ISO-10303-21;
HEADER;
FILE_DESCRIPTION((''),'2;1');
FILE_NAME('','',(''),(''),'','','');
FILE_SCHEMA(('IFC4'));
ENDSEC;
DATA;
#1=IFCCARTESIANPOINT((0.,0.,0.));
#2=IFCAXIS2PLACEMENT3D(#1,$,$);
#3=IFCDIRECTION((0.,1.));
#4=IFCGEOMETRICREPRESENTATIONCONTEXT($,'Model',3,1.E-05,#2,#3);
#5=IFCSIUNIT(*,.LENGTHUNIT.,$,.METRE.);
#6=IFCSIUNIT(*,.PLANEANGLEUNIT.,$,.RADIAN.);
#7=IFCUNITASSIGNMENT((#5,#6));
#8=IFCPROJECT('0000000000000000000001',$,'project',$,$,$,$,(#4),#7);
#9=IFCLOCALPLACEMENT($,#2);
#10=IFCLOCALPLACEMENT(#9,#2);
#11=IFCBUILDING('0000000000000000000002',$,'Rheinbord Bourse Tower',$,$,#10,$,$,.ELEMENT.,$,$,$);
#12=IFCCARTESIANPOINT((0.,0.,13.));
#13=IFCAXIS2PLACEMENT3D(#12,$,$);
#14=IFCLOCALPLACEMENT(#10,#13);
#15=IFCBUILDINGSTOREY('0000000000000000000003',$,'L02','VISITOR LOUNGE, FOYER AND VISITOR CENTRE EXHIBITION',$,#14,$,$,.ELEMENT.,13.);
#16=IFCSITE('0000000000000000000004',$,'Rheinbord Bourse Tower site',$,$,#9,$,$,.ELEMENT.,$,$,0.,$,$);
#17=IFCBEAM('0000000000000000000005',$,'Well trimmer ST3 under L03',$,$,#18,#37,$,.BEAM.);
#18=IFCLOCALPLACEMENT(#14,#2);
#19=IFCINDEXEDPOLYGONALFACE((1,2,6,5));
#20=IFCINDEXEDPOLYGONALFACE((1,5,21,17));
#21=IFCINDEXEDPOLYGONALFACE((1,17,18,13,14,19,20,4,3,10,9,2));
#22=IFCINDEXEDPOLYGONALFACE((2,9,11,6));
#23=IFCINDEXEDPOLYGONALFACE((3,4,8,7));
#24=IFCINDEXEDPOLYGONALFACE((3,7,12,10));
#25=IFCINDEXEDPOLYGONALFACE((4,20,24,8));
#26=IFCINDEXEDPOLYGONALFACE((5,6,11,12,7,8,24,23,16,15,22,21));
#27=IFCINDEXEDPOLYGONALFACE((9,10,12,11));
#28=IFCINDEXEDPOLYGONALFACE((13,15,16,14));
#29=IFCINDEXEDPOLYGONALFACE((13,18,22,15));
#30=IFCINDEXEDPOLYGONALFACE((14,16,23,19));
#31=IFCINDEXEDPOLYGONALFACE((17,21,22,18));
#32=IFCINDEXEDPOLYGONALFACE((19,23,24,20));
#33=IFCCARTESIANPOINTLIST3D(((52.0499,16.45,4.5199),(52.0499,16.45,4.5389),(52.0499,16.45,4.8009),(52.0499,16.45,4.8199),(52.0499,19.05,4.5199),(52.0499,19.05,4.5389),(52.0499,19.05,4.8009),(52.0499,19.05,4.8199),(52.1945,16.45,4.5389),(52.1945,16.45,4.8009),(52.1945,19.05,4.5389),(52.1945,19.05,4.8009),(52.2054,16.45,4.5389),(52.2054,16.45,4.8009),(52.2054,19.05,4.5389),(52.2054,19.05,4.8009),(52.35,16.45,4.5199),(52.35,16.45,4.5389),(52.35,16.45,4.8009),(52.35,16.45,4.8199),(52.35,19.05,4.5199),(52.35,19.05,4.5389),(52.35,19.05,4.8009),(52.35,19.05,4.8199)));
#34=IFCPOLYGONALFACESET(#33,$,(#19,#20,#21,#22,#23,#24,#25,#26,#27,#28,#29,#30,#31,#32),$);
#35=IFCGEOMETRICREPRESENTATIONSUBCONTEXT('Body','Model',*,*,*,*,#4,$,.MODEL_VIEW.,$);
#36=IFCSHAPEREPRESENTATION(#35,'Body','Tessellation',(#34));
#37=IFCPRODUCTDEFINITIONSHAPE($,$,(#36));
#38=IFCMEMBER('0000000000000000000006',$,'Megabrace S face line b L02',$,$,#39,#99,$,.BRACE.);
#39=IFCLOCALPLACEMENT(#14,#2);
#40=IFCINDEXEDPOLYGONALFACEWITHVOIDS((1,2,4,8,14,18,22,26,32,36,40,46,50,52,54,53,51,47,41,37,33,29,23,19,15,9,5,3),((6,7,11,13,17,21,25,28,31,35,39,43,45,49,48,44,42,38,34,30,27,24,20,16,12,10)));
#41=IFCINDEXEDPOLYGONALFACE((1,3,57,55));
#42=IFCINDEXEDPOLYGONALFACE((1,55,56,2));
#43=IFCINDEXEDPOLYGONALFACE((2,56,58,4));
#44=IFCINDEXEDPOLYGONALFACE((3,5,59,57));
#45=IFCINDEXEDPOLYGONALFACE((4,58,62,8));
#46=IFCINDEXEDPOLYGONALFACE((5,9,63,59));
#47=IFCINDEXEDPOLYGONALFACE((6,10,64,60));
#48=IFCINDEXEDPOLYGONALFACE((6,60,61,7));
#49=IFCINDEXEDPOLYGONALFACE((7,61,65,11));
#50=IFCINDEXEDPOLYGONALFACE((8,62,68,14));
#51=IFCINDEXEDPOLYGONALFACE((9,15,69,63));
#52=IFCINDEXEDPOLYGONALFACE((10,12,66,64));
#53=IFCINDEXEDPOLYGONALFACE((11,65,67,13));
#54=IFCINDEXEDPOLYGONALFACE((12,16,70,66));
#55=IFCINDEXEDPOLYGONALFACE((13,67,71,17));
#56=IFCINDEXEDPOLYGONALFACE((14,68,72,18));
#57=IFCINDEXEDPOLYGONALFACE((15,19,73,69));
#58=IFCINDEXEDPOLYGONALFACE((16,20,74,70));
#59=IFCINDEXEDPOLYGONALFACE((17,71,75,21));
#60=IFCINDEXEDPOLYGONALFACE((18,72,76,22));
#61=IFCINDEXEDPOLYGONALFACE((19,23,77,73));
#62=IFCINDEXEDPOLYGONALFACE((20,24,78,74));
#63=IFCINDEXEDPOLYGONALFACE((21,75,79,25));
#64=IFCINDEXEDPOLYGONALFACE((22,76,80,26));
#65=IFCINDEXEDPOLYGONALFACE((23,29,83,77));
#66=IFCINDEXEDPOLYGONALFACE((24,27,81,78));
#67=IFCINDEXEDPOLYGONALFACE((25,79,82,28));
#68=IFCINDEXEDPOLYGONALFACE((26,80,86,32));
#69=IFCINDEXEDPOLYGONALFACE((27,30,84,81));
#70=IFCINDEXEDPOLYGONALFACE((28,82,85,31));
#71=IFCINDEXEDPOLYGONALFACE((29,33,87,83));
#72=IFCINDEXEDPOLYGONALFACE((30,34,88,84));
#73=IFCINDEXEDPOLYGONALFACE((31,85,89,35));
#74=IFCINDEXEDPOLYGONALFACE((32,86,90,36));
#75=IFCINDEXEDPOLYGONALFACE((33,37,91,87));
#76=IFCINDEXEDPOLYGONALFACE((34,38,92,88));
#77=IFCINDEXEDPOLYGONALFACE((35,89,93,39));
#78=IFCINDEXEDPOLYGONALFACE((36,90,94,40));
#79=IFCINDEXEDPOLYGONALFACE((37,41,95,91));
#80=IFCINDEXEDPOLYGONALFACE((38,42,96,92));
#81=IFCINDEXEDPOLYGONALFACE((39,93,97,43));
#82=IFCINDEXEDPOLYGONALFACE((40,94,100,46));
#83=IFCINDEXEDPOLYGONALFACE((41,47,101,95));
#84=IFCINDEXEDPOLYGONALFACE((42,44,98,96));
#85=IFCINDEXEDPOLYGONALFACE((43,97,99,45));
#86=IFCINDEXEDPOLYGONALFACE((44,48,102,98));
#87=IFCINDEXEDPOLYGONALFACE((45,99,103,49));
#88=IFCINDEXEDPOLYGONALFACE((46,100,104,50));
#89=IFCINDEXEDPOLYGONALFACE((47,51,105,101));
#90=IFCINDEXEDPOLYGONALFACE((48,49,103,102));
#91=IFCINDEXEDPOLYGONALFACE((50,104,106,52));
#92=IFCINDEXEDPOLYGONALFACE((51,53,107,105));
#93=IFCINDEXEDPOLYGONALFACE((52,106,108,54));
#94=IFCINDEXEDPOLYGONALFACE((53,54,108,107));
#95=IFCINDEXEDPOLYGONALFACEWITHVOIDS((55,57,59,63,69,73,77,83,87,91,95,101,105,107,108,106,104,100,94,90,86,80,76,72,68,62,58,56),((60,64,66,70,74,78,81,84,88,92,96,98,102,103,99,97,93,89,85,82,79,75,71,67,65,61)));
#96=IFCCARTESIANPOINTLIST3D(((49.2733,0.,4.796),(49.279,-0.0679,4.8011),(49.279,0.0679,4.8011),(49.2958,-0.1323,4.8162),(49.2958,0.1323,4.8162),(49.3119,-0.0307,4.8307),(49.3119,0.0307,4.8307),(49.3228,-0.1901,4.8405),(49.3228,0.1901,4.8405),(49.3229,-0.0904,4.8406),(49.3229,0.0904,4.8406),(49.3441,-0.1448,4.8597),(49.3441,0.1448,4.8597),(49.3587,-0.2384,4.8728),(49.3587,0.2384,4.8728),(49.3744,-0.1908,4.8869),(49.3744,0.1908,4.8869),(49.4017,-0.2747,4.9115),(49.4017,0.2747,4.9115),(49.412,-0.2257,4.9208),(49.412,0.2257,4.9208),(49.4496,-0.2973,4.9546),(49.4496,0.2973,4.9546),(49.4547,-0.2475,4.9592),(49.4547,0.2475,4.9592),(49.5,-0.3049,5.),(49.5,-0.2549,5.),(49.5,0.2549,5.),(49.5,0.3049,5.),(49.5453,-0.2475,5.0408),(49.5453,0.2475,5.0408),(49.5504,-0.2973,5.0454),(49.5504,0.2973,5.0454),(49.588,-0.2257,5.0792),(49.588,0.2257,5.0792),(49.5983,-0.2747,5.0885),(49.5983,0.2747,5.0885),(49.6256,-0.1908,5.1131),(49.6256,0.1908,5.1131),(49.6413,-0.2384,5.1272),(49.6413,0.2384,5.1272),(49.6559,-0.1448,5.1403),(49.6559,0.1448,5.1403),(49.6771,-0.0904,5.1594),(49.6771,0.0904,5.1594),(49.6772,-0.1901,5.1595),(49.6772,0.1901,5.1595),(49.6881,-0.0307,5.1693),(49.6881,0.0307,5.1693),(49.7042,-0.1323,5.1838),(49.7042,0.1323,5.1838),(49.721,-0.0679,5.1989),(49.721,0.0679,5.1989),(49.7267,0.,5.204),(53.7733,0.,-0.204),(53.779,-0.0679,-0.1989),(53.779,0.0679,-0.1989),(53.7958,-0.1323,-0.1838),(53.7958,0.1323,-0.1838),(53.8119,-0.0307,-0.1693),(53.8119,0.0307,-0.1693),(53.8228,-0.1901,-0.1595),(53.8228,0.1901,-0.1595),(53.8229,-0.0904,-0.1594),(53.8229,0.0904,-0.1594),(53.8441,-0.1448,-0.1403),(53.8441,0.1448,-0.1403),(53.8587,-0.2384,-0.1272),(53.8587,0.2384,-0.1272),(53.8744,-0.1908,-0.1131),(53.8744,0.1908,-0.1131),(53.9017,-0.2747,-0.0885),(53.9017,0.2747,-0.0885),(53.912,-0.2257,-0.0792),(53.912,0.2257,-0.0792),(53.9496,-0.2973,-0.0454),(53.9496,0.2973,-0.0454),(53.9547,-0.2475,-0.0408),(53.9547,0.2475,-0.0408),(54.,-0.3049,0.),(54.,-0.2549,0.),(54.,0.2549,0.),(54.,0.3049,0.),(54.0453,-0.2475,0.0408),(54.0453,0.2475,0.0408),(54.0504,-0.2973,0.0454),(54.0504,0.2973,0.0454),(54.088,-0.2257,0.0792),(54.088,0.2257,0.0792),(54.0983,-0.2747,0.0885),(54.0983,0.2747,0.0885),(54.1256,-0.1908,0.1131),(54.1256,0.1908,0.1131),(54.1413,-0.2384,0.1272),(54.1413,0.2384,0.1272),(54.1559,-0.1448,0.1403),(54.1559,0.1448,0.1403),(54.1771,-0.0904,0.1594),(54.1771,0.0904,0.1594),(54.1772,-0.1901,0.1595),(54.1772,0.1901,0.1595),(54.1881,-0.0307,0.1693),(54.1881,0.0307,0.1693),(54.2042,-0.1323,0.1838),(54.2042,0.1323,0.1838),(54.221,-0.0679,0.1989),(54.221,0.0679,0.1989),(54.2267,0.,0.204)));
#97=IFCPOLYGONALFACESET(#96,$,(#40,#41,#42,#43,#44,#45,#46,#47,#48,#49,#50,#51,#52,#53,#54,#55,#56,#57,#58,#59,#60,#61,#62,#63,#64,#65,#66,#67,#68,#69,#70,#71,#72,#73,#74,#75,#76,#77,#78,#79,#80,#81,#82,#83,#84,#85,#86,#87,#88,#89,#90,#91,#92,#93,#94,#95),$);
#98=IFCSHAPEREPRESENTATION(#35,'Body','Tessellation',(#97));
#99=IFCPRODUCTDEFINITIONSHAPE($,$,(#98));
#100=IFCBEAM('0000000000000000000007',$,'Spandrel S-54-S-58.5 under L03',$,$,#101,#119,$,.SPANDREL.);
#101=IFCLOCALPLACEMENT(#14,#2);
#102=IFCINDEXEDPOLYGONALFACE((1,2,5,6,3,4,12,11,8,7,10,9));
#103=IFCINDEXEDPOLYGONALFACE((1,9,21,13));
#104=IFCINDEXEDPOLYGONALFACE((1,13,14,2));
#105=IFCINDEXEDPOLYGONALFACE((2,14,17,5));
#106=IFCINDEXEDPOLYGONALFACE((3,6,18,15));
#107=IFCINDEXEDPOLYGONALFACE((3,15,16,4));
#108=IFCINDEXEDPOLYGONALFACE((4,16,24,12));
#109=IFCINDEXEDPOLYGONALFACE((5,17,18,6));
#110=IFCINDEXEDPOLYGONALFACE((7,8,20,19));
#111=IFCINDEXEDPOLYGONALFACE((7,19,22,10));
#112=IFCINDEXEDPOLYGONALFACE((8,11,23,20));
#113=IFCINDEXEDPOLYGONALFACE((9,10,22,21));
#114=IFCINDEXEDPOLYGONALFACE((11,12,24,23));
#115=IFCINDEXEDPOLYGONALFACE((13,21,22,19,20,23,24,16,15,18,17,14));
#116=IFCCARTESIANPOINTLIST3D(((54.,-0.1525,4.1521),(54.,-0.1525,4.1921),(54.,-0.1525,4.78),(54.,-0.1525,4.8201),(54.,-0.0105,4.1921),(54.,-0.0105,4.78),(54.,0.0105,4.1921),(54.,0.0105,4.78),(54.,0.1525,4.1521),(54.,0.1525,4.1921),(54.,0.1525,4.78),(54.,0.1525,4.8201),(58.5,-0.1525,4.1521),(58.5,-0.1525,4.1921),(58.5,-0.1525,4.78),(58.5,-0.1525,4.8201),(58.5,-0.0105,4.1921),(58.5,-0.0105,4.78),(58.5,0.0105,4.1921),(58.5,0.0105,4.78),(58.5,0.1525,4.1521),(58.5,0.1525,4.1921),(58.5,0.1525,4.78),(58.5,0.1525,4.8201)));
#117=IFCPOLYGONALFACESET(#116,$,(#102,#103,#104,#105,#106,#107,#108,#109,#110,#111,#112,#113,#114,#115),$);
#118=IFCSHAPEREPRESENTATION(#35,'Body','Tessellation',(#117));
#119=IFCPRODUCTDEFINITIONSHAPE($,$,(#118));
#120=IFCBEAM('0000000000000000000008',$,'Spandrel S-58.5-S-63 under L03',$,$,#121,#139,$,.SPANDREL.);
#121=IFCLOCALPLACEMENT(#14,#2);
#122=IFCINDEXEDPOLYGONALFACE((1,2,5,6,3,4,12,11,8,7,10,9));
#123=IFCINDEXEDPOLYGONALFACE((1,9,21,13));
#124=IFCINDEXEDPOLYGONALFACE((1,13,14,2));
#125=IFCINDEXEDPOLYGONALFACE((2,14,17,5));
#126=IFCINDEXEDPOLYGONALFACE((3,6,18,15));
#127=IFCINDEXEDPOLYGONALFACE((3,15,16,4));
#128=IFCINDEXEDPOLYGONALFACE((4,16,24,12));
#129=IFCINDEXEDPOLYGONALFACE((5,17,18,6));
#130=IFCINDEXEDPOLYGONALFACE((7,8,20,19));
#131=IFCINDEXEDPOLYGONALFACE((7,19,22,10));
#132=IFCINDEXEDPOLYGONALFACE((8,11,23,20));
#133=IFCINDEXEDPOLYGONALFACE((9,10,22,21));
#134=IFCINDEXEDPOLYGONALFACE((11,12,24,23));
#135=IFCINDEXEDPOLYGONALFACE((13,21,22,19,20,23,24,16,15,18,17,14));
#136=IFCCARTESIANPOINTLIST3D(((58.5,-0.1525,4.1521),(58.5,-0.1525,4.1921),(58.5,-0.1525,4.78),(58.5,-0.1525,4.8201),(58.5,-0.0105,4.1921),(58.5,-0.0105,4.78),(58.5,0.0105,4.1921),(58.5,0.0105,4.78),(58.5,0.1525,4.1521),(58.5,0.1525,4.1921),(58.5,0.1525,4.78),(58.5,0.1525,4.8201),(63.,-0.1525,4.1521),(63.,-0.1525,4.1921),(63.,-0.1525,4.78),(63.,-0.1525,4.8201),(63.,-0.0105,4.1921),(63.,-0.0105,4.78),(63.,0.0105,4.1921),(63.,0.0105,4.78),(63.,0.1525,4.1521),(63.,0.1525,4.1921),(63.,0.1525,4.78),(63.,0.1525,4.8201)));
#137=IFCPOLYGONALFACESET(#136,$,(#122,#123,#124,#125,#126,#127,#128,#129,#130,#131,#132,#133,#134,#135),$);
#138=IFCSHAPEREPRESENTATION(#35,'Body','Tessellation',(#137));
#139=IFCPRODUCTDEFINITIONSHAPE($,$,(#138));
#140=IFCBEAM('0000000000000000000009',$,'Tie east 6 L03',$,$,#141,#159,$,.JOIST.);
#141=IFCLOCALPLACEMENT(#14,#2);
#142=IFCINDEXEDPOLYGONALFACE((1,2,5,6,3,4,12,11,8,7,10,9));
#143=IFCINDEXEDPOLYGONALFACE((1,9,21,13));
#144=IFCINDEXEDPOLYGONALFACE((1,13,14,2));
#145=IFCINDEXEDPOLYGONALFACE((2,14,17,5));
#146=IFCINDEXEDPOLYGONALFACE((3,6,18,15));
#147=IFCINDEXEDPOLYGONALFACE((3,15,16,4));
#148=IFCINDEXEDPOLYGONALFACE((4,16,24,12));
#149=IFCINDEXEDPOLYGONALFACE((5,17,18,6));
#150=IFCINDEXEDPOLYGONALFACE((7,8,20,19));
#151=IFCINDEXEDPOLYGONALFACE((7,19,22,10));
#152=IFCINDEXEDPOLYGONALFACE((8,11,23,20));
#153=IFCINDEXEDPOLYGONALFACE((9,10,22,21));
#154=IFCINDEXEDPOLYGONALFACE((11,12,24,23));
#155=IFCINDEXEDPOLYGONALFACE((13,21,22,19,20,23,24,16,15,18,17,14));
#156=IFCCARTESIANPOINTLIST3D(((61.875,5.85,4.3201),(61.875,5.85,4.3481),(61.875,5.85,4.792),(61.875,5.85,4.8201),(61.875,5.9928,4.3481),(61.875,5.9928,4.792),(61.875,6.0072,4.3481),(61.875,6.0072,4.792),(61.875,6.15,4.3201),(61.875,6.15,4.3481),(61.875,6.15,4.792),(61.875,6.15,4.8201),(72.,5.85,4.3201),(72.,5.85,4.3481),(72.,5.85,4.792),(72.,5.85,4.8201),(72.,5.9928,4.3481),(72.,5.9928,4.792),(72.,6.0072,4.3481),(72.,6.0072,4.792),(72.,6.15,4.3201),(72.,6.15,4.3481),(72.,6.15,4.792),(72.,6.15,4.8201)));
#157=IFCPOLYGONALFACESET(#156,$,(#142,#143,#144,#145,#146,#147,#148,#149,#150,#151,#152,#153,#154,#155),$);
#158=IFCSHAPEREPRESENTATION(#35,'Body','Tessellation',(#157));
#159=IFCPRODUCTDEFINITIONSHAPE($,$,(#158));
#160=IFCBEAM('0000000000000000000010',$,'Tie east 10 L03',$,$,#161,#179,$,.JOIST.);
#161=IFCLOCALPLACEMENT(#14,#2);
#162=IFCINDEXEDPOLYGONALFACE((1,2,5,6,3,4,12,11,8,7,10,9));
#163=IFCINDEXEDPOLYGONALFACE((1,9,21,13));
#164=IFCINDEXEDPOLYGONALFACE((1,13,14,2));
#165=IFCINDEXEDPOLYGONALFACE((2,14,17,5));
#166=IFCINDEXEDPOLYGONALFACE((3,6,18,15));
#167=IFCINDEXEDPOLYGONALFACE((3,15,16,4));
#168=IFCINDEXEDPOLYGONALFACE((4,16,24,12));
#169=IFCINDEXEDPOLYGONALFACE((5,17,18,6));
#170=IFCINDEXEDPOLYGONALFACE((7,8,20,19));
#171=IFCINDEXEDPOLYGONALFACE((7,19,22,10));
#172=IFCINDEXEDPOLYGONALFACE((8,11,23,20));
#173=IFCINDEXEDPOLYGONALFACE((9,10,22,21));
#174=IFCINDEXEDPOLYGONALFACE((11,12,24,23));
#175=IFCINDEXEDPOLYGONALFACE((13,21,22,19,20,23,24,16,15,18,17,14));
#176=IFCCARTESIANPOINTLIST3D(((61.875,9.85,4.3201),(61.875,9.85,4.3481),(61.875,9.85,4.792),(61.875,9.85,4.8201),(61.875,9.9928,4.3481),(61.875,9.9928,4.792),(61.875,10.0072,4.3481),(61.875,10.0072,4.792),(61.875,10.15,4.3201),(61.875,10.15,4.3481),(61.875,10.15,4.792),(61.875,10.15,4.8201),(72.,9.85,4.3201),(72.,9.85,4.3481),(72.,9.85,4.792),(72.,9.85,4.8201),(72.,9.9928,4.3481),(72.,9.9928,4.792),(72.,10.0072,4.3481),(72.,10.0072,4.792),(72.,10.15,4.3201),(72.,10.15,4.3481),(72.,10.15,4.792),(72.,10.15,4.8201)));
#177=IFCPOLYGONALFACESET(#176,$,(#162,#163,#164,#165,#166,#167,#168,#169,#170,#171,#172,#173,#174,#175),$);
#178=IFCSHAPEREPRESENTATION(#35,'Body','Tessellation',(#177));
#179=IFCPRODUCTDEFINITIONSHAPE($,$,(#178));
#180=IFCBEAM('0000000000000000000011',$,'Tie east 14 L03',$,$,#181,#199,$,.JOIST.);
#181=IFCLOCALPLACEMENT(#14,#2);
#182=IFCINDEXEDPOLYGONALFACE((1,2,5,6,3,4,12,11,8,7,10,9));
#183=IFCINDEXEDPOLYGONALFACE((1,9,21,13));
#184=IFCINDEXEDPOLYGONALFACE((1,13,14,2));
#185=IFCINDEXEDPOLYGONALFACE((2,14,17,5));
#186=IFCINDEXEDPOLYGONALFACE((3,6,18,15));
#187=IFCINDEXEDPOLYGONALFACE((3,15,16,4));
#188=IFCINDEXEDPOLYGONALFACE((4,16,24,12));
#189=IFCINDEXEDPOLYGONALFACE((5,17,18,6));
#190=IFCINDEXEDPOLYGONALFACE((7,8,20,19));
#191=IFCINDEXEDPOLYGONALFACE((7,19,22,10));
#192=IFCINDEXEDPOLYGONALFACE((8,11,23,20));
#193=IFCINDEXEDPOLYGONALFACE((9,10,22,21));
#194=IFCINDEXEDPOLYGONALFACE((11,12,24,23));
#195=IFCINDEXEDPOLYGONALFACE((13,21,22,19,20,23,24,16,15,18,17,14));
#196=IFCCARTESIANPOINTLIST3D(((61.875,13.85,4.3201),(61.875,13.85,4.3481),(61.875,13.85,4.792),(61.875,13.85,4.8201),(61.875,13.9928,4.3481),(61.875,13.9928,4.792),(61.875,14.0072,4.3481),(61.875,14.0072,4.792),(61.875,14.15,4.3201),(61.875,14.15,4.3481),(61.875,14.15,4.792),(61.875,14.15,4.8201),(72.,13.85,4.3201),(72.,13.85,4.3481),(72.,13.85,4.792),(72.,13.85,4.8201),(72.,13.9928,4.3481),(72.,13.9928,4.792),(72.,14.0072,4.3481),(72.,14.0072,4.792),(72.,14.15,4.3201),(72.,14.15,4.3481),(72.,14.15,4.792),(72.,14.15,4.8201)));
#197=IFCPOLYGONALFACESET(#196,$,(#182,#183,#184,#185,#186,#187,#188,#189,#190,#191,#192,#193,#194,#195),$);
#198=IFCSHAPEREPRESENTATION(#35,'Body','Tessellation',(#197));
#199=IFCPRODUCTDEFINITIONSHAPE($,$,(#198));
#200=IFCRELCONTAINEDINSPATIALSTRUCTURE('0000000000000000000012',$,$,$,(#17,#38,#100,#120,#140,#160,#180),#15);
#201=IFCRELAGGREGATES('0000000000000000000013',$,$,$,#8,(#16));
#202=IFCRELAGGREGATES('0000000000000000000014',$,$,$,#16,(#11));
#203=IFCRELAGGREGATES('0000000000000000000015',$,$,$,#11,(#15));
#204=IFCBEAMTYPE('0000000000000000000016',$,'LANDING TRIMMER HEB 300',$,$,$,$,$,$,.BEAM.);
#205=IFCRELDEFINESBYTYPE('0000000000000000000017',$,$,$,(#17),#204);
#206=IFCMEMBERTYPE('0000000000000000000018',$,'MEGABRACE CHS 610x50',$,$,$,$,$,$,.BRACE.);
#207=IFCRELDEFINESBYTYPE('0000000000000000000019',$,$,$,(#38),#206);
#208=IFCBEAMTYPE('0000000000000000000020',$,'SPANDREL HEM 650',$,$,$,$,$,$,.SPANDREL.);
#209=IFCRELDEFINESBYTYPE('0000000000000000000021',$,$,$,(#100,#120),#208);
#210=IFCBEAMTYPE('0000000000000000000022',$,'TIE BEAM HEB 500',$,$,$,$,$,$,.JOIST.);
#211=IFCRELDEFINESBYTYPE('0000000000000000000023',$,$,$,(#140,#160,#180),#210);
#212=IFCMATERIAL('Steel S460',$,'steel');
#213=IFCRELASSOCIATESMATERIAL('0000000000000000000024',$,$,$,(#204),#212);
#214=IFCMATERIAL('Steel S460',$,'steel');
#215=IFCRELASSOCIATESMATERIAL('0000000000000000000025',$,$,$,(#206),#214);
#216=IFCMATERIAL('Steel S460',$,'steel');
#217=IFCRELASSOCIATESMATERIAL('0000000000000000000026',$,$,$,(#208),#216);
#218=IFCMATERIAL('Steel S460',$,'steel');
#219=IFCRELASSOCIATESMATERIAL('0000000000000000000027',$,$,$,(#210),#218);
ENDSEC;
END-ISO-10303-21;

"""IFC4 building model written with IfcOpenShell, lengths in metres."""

from ifc_helpers import new_model, si_unit, direction, frame, origin, origin_2d, place, context, subcontext, project, spatial, hollow_circle, i_section, extrude, material, material_profile, profile_set, type_object, element, save


model = new_model("IFC4")

# Units and contexts
model_context = context("Model", 3, precision=1e-05, world=origin(), true_north=direction((0.0, 1.0)))
body_context = subcontext(model_context, "Body", "Model", "MODEL_VIEW")
ifc_project = project(units=[si_unit("LENGTHUNIT", "METRE"), si_unit("PLANEANGLEUNIT", "RADIAN")], contexts=[model_context])

# Site, building, storey
site_placement = place(None, origin())
site = spatial("IfcSite", under=ifc_project, at=site_placement, Name="Rheinbord Bourse Tower site", CompositionType="ELEMENT", RefElevation=0.0)
building_placement = place(site_placement, origin())
building = spatial("IfcBuilding", under=site, at=building_placement, Name="Rheinbord Bourse Tower", CompositionType="ELEMENT")
storey_placement = place(building_placement, frame((0.0, 0.0, 13.0)))
storey = spatial("IfcBuildingStorey", under=building, at=storey_placement, Name="L02", Description="VISITOR LOUNGE, FOYER AND VISITOR CENTRE EXHIBITION", CompositionType="ELEMENT", Elevation=13.0)

# Beam
ifc_material_1 = material(Name="Steel S460", Category="steel")
ifc_material_profile_1 = material_profile(ifc_material_1, i_section(OverallWidth=0.3, OverallDepth=0.3, WebThickness=0.011, FlangeThickness=0.019, at=origin_2d()), Name="HEB 300")
ifc_profile_set_1 = profile_set([ifc_material_profile_1], Name="Steel S460")
beam_type_1 = type_object("IfcBeamType", Name="LANDING TRIMMER HEB 300", PredefinedType="BEAM", material=ifc_profile_set_1)
beam_1_placement = place(storey_placement, frame((52.2, 16.45, 4.6699), z_axis=(0.0, 1.0, 0.0), x_axis=(-1.0, 0.0, 0.0)))
element("IfcBeam", 1, at=beam_1_placement, inside=storey, type_object=beam_type_1, Name="Well trimmer ST3 under L03", PredefinedType="BEAM", context=body_context, shape_type="SweptSolid", body=[
    extrude(i_section(OverallWidth=0.3, OverallDepth=0.3, WebThickness=0.011, FlangeThickness=0.019, at=origin_2d()), origin(), (0.0, 0.0, 1.0), 2.6001),
])

# Member
ifc_material_2 = material(Name="Steel S460", Category="steel")
ifc_material_profile_2 = material_profile(ifc_material_2, hollow_circle(Radius=0.3049, WallThickness=0.05, at=origin_2d()), Name="CHS 610x50")
ifc_profile_set_2 = profile_set([ifc_material_profile_2], Name="Steel S460")
member_type = type_object("IfcMemberType", Name="MEGABRACE CHS 610x50", PredefinedType="BRACE", material=ifc_profile_set_2)
member_placement = place(storey_placement, frame((54.0, 0.0, 0.0), z_axis=(-0.668965, 0.0, 0.743294), x_axis=(0.0, -1.0, 0.0)))
element("IfcMember", 2, at=member_placement, inside=storey, type_object=member_type, Name="Megabrace S face line b L02", PredefinedType="BRACE", context=body_context, shape_type="SweptSolid", body=[
    extrude(hollow_circle(Radius=0.3049, WallThickness=0.05, at=origin_2d()), origin(), (0.0, 0.0, 1.0), 6.7268),
])

# Beams
ifc_material_3 = material(Name="Steel S460", Category="steel")
ifc_material_profile_3 = material_profile(ifc_material_3, i_section(OverallWidth=0.3049, OverallDepth=0.668, WebThickness=0.021, FlangeThickness=0.04, at=origin_2d()), Name="HEM 650")
ifc_profile_set_3 = profile_set([ifc_material_profile_3], Name="Steel S460")
beam_type_2 = type_object("IfcBeamType", Name="SPANDREL HEM 650", PredefinedType="SPANDREL", material=ifc_profile_set_3)
for number, where, z_axis, x_axis, name in (
    (3, (54.0, 0.0, 4.4861), (1.0, 0.0, 0.0), (0.0, 1.0, 0.0), "Spandrel S-54-S-58.5 under L03"),
    (4, (58.5, 0.0, 4.4861), (1.0, 0.0, 0.0), (0.0, 1.0, 0.0), "Spandrel S-58.5-S-63 under L03"),
):
    element("IfcBeam", number, at=place(storey_placement, frame(where, z_axis=z_axis, x_axis=x_axis)), inside=storey, type_object=beam_type_2, Name=name, PredefinedType="SPANDREL", context=body_context, shape_type="SweptSolid", body=[
        extrude(i_section(OverallWidth=0.3049, OverallDepth=0.668, WebThickness=0.021, FlangeThickness=0.04, at=origin_2d()), origin(), (0.0, 0.0, 1.0), 4.5),
    ])
ifc_material_4 = material(Name="Steel S460", Category="steel")
ifc_material_profile_4 = material_profile(ifc_material_4, i_section(OverallWidth=0.3, OverallDepth=0.5, WebThickness=0.0144, FlangeThickness=0.0281, at=origin_2d()), Name="HEB 500")
ifc_profile_set_4 = profile_set([ifc_material_profile_4], Name="Steel S460")
beam_type_3 = type_object("IfcBeamType", Name="TIE BEAM HEB 500", PredefinedType="JOIST", material=ifc_profile_set_4)
for number, where, z_axis, x_axis, name in (
    (5, (61.875, 6.0, 4.5701), (1.0, 0.0, 0.0), (0.0, 1.0, 0.0), "Tie east 6 L03"),
    (6, (61.875, 10.0, 4.5701), (1.0, 0.0, 0.0), (0.0, 1.0, 0.0), "Tie east 10 L03"),
    (7, (61.875, 14.0, 4.5701), (1.0, 0.0, 0.0), (0.0, 1.0, 0.0), "Tie east 14 L03"),
):
    element("IfcBeam", number, at=place(storey_placement, frame(where, z_axis=z_axis, x_axis=x_axis)), inside=storey, type_object=beam_type_3, Name=name, PredefinedType="JOIST", context=body_context, shape_type="SweptSolid", body=[
        extrude(i_section(OverallWidth=0.3, OverallDepth=0.5, WebThickness=0.0144, FlangeThickness=0.0281, at=origin_2d()), origin(), (0.0, 0.0, 1.0), 10.125),
    ])

save(model, "model.ifc")
